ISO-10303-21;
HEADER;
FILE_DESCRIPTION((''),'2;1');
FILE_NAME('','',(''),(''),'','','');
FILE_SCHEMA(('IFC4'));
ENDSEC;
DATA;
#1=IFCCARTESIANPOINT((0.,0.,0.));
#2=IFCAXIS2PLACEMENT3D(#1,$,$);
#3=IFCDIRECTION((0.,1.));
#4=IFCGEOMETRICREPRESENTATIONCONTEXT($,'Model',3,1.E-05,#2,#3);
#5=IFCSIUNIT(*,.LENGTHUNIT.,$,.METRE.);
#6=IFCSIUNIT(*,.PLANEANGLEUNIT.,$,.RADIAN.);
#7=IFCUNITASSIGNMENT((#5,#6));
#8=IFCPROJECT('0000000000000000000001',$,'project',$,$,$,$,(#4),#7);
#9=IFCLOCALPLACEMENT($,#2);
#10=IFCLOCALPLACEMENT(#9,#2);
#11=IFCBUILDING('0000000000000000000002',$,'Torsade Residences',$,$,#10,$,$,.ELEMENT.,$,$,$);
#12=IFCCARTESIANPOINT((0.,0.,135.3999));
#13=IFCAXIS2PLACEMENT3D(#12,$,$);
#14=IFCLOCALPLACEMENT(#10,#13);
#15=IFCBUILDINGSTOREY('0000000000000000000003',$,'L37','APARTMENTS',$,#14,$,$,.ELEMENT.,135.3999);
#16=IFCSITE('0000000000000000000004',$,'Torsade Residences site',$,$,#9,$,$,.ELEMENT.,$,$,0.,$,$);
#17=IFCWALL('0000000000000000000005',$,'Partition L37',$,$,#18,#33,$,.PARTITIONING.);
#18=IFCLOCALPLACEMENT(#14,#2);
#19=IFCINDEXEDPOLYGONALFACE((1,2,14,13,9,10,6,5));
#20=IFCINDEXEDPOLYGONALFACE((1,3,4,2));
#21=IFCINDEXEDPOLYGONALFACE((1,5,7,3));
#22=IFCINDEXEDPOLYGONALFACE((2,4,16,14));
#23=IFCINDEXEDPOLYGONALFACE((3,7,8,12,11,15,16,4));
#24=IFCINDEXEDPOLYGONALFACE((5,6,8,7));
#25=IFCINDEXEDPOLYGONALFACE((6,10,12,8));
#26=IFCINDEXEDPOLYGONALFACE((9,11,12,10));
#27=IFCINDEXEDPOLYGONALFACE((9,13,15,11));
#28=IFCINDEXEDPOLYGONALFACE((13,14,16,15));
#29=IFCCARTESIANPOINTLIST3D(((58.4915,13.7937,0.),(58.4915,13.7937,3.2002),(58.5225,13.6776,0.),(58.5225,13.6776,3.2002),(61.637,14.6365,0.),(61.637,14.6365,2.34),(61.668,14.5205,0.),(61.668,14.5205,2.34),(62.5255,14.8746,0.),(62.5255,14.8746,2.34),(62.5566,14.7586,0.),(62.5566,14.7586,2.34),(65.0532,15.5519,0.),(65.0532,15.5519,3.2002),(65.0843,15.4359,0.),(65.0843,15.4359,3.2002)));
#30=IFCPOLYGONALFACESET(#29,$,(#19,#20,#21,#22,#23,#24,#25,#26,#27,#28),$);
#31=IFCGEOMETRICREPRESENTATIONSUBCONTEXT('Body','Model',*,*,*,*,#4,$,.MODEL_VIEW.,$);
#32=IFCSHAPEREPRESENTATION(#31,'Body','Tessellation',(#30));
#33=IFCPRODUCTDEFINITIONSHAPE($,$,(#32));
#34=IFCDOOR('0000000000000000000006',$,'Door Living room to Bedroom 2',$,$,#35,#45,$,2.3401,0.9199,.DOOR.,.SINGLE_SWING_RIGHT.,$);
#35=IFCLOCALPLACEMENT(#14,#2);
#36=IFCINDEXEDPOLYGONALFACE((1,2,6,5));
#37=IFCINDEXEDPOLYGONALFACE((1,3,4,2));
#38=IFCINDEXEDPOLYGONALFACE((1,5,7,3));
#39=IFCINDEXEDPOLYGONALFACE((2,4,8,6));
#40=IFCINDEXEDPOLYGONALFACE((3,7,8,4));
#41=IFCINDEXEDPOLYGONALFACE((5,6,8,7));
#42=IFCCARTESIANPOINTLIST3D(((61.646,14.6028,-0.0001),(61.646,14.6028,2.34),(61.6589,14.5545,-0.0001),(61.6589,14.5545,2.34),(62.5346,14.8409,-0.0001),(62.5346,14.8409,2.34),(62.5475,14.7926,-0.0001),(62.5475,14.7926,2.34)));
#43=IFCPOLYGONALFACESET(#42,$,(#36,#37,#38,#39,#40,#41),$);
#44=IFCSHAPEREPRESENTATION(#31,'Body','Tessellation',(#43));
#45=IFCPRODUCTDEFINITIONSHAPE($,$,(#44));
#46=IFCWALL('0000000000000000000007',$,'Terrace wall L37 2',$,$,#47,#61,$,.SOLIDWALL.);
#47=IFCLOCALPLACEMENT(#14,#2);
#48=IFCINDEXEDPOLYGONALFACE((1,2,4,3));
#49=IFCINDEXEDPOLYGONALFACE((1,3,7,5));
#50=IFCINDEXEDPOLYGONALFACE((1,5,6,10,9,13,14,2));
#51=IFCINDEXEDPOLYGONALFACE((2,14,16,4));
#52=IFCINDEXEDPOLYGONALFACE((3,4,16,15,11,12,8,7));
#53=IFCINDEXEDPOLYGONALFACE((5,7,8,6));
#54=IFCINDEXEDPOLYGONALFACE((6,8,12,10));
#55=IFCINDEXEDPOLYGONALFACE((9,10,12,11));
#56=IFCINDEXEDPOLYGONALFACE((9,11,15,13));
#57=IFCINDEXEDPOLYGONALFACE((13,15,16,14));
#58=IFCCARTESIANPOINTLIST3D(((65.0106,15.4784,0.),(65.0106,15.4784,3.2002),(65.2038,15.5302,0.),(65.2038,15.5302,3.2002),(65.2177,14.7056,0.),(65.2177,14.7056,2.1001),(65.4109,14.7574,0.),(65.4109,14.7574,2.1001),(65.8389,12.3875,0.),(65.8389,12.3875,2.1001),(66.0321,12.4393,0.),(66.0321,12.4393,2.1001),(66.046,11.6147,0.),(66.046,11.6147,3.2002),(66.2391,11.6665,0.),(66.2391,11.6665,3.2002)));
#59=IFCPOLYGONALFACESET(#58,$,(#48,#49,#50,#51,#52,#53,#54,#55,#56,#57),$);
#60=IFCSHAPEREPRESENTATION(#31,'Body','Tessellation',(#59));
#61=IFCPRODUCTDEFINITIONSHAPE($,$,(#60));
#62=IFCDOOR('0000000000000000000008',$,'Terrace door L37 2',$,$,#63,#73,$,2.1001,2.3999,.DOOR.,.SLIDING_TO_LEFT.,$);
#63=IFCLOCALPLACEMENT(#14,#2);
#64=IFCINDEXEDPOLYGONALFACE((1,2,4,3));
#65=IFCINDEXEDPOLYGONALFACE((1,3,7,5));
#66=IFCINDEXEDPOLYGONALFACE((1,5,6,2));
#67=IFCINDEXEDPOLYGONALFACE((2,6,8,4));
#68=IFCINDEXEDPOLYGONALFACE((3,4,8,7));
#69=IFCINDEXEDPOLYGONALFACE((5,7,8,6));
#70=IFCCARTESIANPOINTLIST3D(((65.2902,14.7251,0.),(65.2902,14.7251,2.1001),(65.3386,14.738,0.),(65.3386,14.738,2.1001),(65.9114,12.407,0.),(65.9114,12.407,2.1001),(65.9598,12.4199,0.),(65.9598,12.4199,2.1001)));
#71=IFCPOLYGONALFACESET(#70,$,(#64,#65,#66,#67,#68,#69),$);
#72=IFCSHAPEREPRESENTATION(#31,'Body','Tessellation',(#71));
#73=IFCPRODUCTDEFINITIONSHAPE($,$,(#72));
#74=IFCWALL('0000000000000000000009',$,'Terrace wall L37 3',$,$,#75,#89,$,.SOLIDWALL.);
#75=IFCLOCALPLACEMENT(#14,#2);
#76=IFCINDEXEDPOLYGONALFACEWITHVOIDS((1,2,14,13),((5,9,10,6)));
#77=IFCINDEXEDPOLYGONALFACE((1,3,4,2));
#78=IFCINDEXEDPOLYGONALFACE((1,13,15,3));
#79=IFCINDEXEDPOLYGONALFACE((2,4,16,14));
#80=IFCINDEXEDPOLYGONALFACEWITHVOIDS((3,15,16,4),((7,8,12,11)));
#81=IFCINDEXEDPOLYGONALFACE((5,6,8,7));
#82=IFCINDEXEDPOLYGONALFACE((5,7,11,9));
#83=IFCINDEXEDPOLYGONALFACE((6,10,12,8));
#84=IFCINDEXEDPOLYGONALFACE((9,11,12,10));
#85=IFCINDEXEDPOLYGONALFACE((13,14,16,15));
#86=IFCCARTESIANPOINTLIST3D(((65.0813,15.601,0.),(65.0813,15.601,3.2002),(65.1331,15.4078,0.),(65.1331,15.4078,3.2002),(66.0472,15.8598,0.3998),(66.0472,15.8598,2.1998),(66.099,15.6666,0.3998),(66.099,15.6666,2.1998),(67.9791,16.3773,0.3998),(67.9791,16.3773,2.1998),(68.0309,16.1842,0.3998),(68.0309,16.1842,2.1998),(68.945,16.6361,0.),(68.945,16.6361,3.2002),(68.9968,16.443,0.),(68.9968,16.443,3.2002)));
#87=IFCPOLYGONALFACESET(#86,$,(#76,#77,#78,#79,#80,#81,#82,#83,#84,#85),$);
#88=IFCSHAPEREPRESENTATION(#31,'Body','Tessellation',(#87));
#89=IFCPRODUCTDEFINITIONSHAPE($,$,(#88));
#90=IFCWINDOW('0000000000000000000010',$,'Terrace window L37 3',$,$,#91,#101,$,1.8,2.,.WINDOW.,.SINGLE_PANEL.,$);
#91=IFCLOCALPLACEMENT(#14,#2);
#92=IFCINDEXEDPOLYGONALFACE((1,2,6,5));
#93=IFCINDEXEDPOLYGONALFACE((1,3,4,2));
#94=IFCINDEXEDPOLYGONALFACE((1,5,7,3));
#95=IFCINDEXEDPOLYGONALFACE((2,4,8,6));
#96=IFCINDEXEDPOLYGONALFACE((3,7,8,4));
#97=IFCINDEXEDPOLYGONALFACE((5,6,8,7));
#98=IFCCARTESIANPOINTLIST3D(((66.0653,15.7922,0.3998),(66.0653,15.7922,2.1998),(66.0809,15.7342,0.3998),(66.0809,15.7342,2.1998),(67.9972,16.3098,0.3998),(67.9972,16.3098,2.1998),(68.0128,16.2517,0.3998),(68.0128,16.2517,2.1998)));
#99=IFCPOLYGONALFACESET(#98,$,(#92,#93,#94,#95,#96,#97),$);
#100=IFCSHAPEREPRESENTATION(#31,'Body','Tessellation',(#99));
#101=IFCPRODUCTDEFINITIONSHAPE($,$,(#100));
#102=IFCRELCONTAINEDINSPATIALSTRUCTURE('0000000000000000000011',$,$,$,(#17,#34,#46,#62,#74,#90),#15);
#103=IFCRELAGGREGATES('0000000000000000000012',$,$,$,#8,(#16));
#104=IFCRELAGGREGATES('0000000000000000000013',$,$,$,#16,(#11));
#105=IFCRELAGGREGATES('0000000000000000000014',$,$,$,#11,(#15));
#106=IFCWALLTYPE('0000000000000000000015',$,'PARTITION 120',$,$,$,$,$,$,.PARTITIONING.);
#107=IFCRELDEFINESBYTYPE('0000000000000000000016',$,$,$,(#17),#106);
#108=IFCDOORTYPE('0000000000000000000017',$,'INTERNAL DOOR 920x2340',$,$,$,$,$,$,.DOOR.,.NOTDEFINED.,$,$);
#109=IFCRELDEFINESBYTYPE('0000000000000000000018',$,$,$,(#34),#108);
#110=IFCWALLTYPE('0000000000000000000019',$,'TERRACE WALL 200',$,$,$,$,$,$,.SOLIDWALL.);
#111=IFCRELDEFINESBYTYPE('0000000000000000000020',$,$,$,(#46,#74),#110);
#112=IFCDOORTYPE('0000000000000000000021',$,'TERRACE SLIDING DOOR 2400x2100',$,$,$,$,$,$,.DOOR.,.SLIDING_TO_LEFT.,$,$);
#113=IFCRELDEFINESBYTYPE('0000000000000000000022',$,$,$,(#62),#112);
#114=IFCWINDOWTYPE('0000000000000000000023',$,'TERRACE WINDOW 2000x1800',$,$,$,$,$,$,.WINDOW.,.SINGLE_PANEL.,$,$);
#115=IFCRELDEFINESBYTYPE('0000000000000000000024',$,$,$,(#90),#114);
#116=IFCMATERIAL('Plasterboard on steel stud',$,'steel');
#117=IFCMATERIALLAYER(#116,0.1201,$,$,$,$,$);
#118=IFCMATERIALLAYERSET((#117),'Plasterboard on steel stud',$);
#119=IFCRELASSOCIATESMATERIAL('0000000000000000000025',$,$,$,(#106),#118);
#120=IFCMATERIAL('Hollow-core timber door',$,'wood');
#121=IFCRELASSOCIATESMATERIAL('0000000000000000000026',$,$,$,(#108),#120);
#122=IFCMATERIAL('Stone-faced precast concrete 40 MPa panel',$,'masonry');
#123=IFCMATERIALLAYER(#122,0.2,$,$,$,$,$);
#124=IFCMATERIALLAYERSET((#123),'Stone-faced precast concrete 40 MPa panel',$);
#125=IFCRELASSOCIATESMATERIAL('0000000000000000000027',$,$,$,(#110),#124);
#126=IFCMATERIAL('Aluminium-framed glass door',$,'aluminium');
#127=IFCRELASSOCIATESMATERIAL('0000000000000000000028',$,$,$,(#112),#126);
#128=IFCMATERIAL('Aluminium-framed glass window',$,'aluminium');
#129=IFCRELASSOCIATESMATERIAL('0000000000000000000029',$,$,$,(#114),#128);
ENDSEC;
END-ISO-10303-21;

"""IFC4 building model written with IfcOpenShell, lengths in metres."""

from ifc_helpers import new_model, si_unit, direction, frame, frame_2d, origin, place, context, subcontext, project, spatial, rectangle, extrude, material, layer, layer_set, type_object, element, fill, save


model = new_model("IFC4")

# Units and contexts
model_context = context("Model", 3, precision=1e-05, world=origin(), true_north=direction((0.0, 1.0)))
body_context = subcontext(model_context, "Body", "Model", "MODEL_VIEW")
ifc_project = project(units=[si_unit("LENGTHUNIT", "METRE"), si_unit("PLANEANGLEUNIT", "RADIAN")], contexts=[model_context])

# Site, building, storey
site_placement = place(None, origin())
site = spatial("IfcSite", under=ifc_project, at=site_placement, Name="Torsade Residences site", CompositionType="ELEMENT", RefElevation=0.0)
building_placement = place(site_placement, origin())
building = spatial("IfcBuilding", under=site, at=building_placement, Name="Torsade Residences", CompositionType="ELEMENT")
storey_placement = place(building_placement, frame((0.0, 0.0, 135.3999)))
storey = spatial("IfcBuildingStorey", under=building, at=storey_placement, Name="L37", Description="APARTMENTS", CompositionType="ELEMENT", Elevation=135.3999)

# Walls, openings, doors
ifc_material_1 = material(Name="Plasterboard on steel stud", Category="steel")
ifc_layer_1 = layer(ifc_material_1, 0.1201)
ifc_layer_set_1 = layer_set([ifc_layer_1], Name="Plasterboard on steel stud")
wall_type_1 = type_object("IfcWallType", Name="PARTITION 120", PredefinedType="PARTITIONING", material=ifc_layer_set_1)
wall_1_placement = place(storey_placement, frame((65.0686, 15.4939, 0.0), z_axis=(0.0, 0.0, 1.0), x_axis=(-0.965923, -0.25883, 0.0)))
wall_1 = element("IfcWall", 1, at=wall_1_placement, inside=storey, type_object=wall_type_1, Name="Partition L37", PredefinedType="PARTITIONING", context=body_context, shape_type="SweptSolid", body=[
    extrude(rectangle(XDim=6.7932, YDim=0.1201, at=frame_2d((3.3965, 0.0))), origin(), (0.0, 0.0, 1.0), 3.2002),
])
opening_1_placement = place(wall_1_placement, frame((2.6167, 0.0, 0.0)))
opening_1 = element("IfcOpeningElement", 2, at=opening_1_placement, cuts=wall_1, PredefinedType="OPENING", context=body_context, shape_type="SweptSolid", body=[
    extrude(rectangle(XDim=0.9199, YDim=2.3401, at=frame_2d((0.46, 1.1699))), frame((0.0, 0.0701, 0.0), z_axis=(0.0, -1.0, 0.0), x_axis=(1.0, 0.0, 0.0)), (0.0, 0.0, 1.0), 0.1401),
])
ifc_material_2 = material(Name="Hollow-core timber door", Category="wood")
door_type_1 = type_object("IfcDoorType", Name="INTERNAL DOOR 920x2340", OperationType="NOTDEFINED", PredefinedType="DOOR", material=ifc_material_2)
door_1_placement = place(opening_1_placement, origin())
door_1 = element("IfcDoor", 3, at=door_1_placement, inside=storey, type_object=door_type_1, Name="Door Living room to Bedroom 2", OperationType="SINGLE_SWING_RIGHT", OverallHeight=2.3401, OverallWidth=0.9199, PredefinedType="DOOR", context=body_context, shape_type="SweptSolid", body=[
    extrude(rectangle(XDim=0.9199, YDim=2.3401, at=frame_2d((0.46, 1.1699))), frame((0.0, 0.0249, 0.0), z_axis=(0.0, -1.0, 0.0), x_axis=(1.0, 0.0, 0.0)), (0.0, 0.0, 1.0), 0.05),
])
fill(opening_1, door_1)
ifc_material_3 = material(Name="Stone-faced precast concrete 40 MPa panel", Category="masonry")
ifc_layer_2 = layer(ifc_material_3, 0.2)
ifc_layer_set_2 = layer_set([ifc_layer_2], Name="Stone-faced precast concrete 40 MPa panel")
wall_type_2 = type_object("IfcWallType", Name="TERRACE WALL 200", PredefinedType="SOLIDWALL", material=ifc_layer_set_2)
wall_2_placement = place(storey_placement, frame((66.1426, 11.6406, 0.0), z_axis=(0.0, 0.0, 1.0), x_axis=(-0.258844, 0.965919, 0.0)))
wall_2 = element("IfcWall", 4, at=wall_2_placement, inside=storey, type_object=wall_type_2, Name="Terrace wall L37 2", PredefinedType="SOLIDWALL", context=body_context, shape_type="SweptSolid", body=[
    extrude(rectangle(XDim=4.0, YDim=0.2, at=frame_2d((2.0, 0.0))), origin(), (0.0, 0.0, 1.0), 3.2002),
])
opening_2_placement = place(wall_2_placement, frame((0.8, 0.0, 0.0)))
opening_2 = element("IfcOpeningElement", 5, at=opening_2_placement, cuts=wall_2, PredefinedType="OPENING", context=body_context, shape_type="SweptSolid", body=[
    extrude(rectangle(XDim=2.3999, YDim=2.1001, at=frame_2d((1.2, 1.05))), frame((0.0, 0.1099, 0.0), z_axis=(0.0, -1.0, 0.0), x_axis=(1.0, 0.0, 0.0)), (0.0, 0.0, 1.0), 0.22),
])
ifc_material_4 = material(Name="Aluminium-framed glass door", Category="aluminium")
door_type_2 = type_object("IfcDoorType", Name="TERRACE SLIDING DOOR 2400x2100", OperationType="SLIDING_TO_LEFT", PredefinedType="DOOR", material=ifc_material_4)
door_2_placement = place(opening_2_placement, origin())
door_2 = element("IfcDoor", 6, at=door_2_placement, inside=storey, type_object=door_type_2, Name="Terrace door L37 2", OperationType="SLIDING_TO_LEFT", OverallHeight=2.1001, OverallWidth=2.3999, PredefinedType="DOOR", context=body_context, shape_type="SweptSolid", body=[
    extrude(rectangle(XDim=2.3999, YDim=2.1001, at=frame_2d((1.2, 1.05))), frame((0.0, 0.0249, 0.0), z_axis=(0.0, -1.0, 0.0), x_axis=(1.0, 0.0, 0.0)), (0.0, 0.0, 1.0), 0.05),
])
fill(opening_2, door_2)

# Wall, opening, window
wall_3_placement = place(storey_placement, frame((65.1072, 15.5044, 0.0), z_axis=(0.0, 0.0, 1.0), x_axis=(0.965934, 0.258787, 0.0)))
wall_3 = element("IfcWall", 7, at=wall_3_placement, inside=storey, type_object=wall_type_2, Name="Terrace wall L37 3", PredefinedType="SOLIDWALL", context=body_context, shape_type="SweptSolid", body=[
    extrude(rectangle(XDim=4.0, YDim=0.2, at=frame_2d((2.0, 0.0))), origin(), (0.0, 0.0, 1.0), 3.2002),
])
opening_3_placement = place(wall_3_placement, frame((1.0, 0.0, 0.3999)))
opening_3 = element("IfcOpeningElement", 8, at=opening_3_placement, cuts=wall_3, PredefinedType="OPENING", context=body_context, shape_type="SweptSolid", body=[
    extrude(rectangle(XDim=2.0, YDim=1.8, at=frame_2d((1.0, 0.8999))), frame((0.0, 0.1099, 0.0), z_axis=(0.0, -1.0, 0.0), x_axis=(1.0, 0.0, 0.0)), (0.0, 0.0, 1.0), 0.22),
])
ifc_material_5 = material(Name="Aluminium-framed glass window", Category="aluminium")
window_type = type_object("IfcWindowType", Name="TERRACE WINDOW 2000x1800", PartitioningType="SINGLE_PANEL", PredefinedType="WINDOW", material=ifc_material_5)
window_placement = place(opening_3_placement, origin())
window = element("IfcWindow", 9, at=window_placement, inside=storey, type_object=window_type, Name="Terrace window L37 3", OverallHeight=1.8, OverallWidth=2.0, PartitioningType="SINGLE_PANEL", PredefinedType="WINDOW", context=body_context, shape_type="SweptSolid", body=[
    extrude(rectangle(XDim=2.0, YDim=1.8, at=frame_2d((1.0, 0.8999))), frame((0.0, 0.03, 0.0), z_axis=(0.0, -1.0, 0.0), x_axis=(1.0, 0.0, 0.0)), (0.0, 0.0, 1.0), 0.0601),
])
fill(opening_3, window)

save(model, "model.ifc")
